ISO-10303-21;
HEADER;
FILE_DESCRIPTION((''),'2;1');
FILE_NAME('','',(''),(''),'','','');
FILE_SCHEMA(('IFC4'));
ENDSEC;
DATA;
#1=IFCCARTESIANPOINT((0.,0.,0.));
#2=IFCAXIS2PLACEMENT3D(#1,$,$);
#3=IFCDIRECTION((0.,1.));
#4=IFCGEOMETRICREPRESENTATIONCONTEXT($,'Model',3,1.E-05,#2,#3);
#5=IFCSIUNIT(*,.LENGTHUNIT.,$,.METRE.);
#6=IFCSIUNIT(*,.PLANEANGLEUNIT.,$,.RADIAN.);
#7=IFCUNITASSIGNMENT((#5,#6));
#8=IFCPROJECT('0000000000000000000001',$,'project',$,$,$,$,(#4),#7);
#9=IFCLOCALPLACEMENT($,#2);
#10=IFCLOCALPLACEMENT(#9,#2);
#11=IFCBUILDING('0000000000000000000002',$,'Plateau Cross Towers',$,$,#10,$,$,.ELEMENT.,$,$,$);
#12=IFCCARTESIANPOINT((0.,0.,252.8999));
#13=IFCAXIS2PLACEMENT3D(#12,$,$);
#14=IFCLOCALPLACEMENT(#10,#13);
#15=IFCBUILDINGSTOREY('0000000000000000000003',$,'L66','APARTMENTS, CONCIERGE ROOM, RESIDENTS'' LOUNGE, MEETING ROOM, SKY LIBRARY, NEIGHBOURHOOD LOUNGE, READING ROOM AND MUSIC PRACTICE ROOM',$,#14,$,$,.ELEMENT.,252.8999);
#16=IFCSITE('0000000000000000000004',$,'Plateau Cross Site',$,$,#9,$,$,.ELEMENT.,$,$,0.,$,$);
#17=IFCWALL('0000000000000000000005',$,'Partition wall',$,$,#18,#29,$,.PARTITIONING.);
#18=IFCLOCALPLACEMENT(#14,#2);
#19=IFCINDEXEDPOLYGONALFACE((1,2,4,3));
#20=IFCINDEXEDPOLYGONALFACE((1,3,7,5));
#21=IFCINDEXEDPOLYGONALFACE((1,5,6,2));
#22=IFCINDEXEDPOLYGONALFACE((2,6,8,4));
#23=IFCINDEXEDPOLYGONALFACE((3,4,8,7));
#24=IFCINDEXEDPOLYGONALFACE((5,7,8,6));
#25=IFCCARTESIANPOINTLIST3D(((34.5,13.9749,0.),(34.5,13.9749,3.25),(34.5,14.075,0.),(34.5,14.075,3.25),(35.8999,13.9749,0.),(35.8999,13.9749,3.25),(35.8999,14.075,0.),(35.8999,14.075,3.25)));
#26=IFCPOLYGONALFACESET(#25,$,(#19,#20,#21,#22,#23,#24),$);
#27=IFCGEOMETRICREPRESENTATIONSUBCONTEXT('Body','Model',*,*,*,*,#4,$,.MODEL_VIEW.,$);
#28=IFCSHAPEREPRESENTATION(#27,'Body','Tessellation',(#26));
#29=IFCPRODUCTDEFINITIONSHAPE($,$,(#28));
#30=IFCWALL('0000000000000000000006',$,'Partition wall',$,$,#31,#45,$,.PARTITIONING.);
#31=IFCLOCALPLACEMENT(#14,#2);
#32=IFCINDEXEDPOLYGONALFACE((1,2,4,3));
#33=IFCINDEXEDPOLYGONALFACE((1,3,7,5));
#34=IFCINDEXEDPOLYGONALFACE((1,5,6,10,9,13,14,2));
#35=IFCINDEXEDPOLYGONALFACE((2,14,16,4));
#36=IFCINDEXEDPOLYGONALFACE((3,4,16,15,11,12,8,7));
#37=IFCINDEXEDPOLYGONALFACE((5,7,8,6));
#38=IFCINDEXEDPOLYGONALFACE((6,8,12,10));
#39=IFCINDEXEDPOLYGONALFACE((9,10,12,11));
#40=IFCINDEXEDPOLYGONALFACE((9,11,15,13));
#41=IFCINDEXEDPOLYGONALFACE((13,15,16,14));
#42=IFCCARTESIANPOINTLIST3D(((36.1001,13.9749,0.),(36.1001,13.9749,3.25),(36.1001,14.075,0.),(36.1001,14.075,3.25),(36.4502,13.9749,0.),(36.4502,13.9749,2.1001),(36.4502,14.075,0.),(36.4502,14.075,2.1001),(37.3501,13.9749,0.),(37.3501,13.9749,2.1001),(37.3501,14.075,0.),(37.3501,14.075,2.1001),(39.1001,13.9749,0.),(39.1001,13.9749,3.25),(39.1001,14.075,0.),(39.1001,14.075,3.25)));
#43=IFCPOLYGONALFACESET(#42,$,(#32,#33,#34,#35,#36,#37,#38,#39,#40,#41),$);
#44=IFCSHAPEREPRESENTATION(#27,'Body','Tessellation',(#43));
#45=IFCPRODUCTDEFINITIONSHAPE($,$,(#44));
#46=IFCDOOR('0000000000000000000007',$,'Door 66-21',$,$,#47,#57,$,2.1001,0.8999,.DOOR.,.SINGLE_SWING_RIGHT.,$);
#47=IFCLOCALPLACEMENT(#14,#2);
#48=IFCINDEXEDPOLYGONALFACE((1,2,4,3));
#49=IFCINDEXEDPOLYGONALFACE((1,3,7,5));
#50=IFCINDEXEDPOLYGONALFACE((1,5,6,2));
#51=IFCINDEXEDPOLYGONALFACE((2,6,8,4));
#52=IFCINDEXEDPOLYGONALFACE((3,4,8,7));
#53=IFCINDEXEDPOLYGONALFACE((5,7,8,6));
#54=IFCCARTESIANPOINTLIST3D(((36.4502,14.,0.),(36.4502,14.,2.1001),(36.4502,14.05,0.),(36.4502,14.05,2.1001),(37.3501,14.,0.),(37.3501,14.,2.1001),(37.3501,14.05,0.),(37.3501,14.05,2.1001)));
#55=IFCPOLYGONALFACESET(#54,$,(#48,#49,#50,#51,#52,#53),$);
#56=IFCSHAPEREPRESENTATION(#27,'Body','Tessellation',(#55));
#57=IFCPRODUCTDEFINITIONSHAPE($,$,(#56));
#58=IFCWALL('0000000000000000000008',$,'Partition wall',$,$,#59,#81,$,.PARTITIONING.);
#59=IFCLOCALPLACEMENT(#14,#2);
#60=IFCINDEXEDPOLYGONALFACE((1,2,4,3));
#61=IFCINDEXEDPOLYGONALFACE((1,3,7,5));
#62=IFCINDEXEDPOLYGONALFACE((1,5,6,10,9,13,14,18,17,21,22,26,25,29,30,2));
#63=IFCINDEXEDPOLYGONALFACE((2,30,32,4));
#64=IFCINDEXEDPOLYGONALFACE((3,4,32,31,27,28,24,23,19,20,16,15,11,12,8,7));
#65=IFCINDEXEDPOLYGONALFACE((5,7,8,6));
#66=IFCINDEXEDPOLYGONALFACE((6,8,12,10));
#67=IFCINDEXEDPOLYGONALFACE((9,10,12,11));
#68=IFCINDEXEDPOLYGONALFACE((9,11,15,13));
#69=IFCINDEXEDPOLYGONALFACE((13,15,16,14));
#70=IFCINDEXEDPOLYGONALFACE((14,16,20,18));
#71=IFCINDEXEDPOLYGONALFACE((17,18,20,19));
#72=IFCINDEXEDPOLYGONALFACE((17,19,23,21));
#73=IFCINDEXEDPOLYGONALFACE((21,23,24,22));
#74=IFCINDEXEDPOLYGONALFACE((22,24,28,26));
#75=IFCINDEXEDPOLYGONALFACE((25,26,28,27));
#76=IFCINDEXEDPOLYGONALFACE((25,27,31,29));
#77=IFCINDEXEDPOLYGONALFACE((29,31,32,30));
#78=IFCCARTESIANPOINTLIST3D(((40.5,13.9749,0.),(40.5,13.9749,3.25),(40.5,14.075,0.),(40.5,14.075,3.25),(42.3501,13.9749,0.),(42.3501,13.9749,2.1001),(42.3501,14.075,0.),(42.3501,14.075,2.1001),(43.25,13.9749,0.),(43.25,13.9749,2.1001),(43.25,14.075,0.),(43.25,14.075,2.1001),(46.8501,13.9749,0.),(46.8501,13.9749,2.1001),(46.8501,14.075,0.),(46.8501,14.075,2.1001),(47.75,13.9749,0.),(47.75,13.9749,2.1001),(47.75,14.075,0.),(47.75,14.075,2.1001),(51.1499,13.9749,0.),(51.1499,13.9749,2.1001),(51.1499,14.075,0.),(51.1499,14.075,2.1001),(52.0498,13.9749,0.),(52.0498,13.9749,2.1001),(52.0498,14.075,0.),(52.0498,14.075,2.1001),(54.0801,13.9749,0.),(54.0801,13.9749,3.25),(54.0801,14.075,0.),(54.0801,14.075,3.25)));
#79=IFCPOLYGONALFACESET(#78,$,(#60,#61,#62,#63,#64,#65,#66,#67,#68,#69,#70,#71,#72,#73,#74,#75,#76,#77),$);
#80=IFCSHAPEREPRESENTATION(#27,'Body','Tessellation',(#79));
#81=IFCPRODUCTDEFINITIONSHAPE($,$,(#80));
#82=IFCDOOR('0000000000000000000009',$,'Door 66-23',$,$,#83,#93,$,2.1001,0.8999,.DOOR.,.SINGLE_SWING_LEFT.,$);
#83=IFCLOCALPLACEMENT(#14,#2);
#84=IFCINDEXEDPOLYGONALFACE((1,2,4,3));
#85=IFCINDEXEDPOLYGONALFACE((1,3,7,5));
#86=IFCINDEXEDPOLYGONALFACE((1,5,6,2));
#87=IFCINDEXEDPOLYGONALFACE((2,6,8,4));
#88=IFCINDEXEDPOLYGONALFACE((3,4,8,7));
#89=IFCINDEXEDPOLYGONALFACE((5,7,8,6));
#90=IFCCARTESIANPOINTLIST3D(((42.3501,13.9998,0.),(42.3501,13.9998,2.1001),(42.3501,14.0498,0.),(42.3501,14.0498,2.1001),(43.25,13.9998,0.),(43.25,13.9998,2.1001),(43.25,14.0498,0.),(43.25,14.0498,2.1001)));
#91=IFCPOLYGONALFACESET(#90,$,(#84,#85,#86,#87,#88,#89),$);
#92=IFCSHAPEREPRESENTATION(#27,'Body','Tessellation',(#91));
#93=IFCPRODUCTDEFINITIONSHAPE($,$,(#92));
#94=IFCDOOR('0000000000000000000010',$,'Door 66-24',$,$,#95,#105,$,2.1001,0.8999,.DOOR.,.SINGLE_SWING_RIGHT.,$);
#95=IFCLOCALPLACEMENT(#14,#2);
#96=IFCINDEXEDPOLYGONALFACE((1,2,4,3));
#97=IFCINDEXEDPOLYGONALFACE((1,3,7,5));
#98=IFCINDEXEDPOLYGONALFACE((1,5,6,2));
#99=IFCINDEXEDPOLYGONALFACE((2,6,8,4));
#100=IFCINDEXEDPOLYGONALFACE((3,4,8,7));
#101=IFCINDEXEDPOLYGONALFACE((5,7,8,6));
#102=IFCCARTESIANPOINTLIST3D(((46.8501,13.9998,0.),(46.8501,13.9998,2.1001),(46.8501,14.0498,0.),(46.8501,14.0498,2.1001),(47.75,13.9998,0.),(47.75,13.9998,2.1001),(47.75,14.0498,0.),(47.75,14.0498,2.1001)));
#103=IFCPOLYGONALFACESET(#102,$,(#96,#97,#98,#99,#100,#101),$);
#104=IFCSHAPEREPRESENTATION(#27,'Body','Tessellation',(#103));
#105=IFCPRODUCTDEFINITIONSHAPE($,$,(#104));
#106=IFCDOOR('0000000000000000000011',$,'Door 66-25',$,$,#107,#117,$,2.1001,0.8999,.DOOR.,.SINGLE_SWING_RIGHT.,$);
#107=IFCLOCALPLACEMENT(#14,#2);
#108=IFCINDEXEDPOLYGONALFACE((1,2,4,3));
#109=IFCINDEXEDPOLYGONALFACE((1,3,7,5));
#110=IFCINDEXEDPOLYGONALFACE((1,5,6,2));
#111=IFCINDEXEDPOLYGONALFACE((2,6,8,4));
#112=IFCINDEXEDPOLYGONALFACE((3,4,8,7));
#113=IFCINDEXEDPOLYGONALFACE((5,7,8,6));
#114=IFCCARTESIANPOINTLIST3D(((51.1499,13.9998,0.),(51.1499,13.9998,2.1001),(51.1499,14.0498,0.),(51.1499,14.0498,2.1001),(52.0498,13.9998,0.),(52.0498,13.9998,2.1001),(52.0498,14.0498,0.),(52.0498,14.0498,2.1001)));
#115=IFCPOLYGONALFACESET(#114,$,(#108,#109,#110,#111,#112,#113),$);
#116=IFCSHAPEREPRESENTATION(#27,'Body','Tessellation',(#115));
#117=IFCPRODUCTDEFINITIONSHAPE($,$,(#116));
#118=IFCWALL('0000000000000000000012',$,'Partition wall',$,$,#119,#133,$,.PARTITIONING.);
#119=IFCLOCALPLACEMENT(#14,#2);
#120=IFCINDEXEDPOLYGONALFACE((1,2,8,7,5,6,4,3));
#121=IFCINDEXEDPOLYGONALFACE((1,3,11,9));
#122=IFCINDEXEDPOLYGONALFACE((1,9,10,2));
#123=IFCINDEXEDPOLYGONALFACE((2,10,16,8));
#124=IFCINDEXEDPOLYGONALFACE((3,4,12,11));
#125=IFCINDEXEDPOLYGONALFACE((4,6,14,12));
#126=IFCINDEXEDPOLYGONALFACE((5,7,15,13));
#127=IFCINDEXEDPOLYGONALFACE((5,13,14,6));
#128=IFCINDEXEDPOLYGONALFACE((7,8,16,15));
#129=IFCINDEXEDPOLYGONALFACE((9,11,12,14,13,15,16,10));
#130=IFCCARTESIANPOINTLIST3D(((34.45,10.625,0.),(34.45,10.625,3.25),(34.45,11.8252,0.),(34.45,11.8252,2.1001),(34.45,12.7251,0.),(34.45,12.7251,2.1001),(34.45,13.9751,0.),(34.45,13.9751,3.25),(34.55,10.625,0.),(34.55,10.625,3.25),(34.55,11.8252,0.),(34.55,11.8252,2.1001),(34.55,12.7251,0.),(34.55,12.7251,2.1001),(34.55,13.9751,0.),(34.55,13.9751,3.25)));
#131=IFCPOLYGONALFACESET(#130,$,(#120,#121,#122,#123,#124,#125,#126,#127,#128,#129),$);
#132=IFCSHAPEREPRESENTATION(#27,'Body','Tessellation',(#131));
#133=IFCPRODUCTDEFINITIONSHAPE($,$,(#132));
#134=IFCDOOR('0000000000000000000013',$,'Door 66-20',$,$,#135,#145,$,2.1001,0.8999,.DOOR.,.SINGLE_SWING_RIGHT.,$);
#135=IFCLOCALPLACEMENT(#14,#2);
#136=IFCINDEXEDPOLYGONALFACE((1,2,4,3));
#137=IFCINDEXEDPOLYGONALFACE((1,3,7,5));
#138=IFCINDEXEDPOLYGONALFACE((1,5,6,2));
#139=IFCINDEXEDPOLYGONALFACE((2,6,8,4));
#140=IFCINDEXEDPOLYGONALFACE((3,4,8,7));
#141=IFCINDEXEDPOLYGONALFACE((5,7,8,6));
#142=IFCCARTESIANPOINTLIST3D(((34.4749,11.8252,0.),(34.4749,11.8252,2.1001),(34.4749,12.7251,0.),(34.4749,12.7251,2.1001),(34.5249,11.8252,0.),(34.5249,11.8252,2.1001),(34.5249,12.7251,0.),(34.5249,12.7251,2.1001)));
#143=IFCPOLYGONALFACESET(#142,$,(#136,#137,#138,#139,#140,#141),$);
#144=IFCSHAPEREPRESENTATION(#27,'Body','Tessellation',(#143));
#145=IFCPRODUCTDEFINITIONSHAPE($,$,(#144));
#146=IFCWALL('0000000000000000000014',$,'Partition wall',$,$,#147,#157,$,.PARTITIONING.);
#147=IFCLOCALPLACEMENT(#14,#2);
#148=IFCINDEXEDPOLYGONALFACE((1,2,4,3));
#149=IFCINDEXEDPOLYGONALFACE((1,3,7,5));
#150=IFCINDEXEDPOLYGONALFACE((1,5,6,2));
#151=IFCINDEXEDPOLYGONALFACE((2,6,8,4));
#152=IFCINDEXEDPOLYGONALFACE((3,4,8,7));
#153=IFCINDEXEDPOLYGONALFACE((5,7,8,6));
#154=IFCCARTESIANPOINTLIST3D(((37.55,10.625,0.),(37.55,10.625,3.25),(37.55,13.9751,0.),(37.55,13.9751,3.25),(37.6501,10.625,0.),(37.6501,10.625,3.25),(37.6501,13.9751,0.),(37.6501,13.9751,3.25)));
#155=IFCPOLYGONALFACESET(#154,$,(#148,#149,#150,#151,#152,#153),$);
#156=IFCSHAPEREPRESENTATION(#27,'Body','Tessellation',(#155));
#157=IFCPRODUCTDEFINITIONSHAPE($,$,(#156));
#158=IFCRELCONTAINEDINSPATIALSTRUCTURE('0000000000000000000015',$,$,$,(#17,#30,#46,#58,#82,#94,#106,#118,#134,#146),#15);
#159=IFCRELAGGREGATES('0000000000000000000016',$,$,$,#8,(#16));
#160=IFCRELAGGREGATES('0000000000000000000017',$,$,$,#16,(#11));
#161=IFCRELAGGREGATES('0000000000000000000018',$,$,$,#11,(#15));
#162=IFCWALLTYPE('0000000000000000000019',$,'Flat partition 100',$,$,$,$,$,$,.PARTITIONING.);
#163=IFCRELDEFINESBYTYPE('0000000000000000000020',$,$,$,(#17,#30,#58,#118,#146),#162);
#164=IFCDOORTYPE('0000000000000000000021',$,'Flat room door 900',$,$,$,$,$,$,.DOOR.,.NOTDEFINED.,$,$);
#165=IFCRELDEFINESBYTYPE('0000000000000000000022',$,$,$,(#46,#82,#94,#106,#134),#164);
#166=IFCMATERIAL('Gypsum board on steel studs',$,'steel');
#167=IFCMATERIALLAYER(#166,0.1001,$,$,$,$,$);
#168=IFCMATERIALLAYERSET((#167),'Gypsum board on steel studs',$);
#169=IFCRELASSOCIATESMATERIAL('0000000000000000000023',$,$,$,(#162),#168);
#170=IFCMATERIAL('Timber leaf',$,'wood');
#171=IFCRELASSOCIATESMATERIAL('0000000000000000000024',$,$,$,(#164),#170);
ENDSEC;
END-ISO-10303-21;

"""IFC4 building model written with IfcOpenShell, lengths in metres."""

from ifc_helpers import new_model, si_unit, direction, frame, frame_2d, origin, place, context, subcontext, project, spatial, rectangle, extrude, material, layer, layer_set, type_object, element, fill, save


model = new_model("IFC4")

# Units and contexts
model_context = context("Model", 3, precision=1e-05, world=origin(), true_north=direction((0.0, 1.0)))
body_context = subcontext(model_context, "Body", "Model", "MODEL_VIEW")
ifc_project = project(units=[si_unit("LENGTHUNIT", "METRE"), si_unit("PLANEANGLEUNIT", "RADIAN")], contexts=[model_context])

# Site, building, storey
site_placement = place(None, origin())
site = spatial("IfcSite", under=ifc_project, at=site_placement, Name="Plateau Cross Site", CompositionType="ELEMENT", RefElevation=0.0)
building_placement = place(site_placement, origin())
building = spatial("IfcBuilding", under=site, at=building_placement, Name="Plateau Cross Towers", CompositionType="ELEMENT")
storey_placement = place(building_placement, frame((0.0, 0.0, 252.8999)))
storey = spatial("IfcBuildingStorey", under=building, at=storey_placement, Name="L66", Description="APARTMENTS, CONCIERGE ROOM, RESIDENTS' LOUNGE, MEETING ROOM, SKY LIBRARY, NEIGHBOURHOOD LOUNGE, READING ROOM AND MUSIC PRACTICE ROOM", CompositionType="ELEMENT", Elevation=252.8999)

# Wall
ifc_material_1 = material(Name="Gypsum board on steel studs", Category="steel")
ifc_layer_1 = layer(ifc_material_1, 0.1001)
ifc_layer_set_1 = layer_set([ifc_layer_1], Name="Gypsum board on steel studs")
wall_type_1 = type_object("IfcWallType", Name="Flat partition 100", PredefinedType="PARTITIONING", material=ifc_layer_set_1)
wall_1_placement = place(storey_placement, frame((35.8999, 14.0249, 0.0), z_axis=(0.0, 0.0, 1.0), x_axis=(-1.0, 0.0, 0.0)))
element("IfcWall", 1, at=wall_1_placement, inside=storey, type_object=wall_type_1, Name="Partition wall", PredefinedType="PARTITIONING", context=body_context, shape_type="SweptSolid", body=[
    extrude(rectangle(XDim=1.3999, YDim=0.1001, at=frame_2d((0.7, 0.0))), origin(), (0.0, 0.0, 1.0), 3.25),
])

# Wall, opening, door
wall_2_placement = place(storey_placement, frame((39.1001, 14.0249, 0.0), z_axis=(0.0, 0.0, 1.0), x_axis=(-1.0, 0.0, 0.0)))
wall_2 = element("IfcWall", 2, at=wall_2_placement, inside=storey, type_object=wall_type_1, Name="Partition wall", PredefinedType="PARTITIONING", context=body_context, shape_type="SweptSolid", body=[
    extrude(rectangle(XDim=3.0, YDim=0.1001, at=frame_2d((1.5, 0.0))), origin(), (0.0, 0.0, 1.0), 3.25),
])
opening_1_placement = place(wall_2_placement, frame((1.75, 0.0, 0.0)))
opening_1 = element("IfcOpeningElement", 3, at=opening_1_placement, cuts=wall_2, PredefinedType="OPENING", context=body_context, shape_type="SweptSolid", body=[
    extrude(rectangle(XDim=0.8999, YDim=2.1001, at=frame_2d((0.45, 1.05))), frame((0.0, 0.0601, 0.0), z_axis=(0.0, -1.0, 0.0), x_axis=(1.0, 0.0, 0.0)), (0.0, 0.0, 1.0), 0.1201),
])
ifc_material_2 = material(Name="Timber leaf", Category="wood")
door_type = type_object("IfcDoorType", Name="Flat room door 900", OperationType="NOTDEFINED", PredefinedType="DOOR", material=ifc_material_2)
door_1_placement = place(opening_1_placement, origin())
door_1 = element("IfcDoor", 4, at=door_1_placement, inside=storey, type_object=door_type, Name="Door 66-21", OperationType="SINGLE_SWING_RIGHT", OverallHeight=2.1001, OverallWidth=0.8999, PredefinedType="DOOR", context=body_context, shape_type="SweptSolid", body=[
    extrude(rectangle(XDim=0.8999, YDim=2.1001, at=frame_2d((0.45, 1.05))), frame((0.0, 0.0249, 0.0), z_axis=(0.0, -1.0, 0.0), x_axis=(1.0, 0.0, 0.0)), (0.0, 0.0, 1.0), 0.05),
])
fill(opening_1, door_1)

# Wall, openings, doors
wall_3_placement = place(storey_placement, frame((40.5, 14.0249, 0.0), z_axis=(0.0, 0.0, 1.0), x_axis=(1.0, 0.0, 0.0)))
wall_3 = element("IfcWall", 5, at=wall_3_placement, inside=storey, type_object=wall_type_1, Name="Partition wall", PredefinedType="PARTITIONING", context=body_context, shape_type="SweptSolid", body=[
    extrude(rectangle(XDim=13.5801, YDim=0.1001, at=frame_2d((6.79, 0.0))), origin(), (0.0, 0.0, 1.0), 3.25),
])
opening_2_placement = place(wall_3_placement, frame((1.8501, 0.0, 0.0)))
opening_2 = element("IfcOpeningElement", 6, at=opening_2_placement, cuts=wall_3, PredefinedType="OPENING", context=body_context, shape_type="SweptSolid", body=[
    extrude(rectangle(XDim=0.8999, YDim=2.1001, at=frame_2d((0.45, 1.05))), frame((0.0, 0.0601, 0.0), z_axis=(0.0, -1.0, 0.0), x_axis=(1.0, 0.0, 0.0)), (0.0, 0.0, 1.0), 0.1201),
])
opening_3_placement = place(wall_3_placement, frame((6.3501, 0.0, 0.0)))
opening_3 = element("IfcOpeningElement", 7, at=opening_3_placement, cuts=wall_3, PredefinedType="OPENING", context=body_context, shape_type="SweptSolid", body=[
    extrude(rectangle(XDim=0.8999, YDim=2.1001, at=frame_2d((0.45, 1.05))), frame((0.0, 0.0601, 0.0), z_axis=(0.0, -1.0, 0.0), x_axis=(1.0, 0.0, 0.0)), (0.0, 0.0, 1.0), 0.1201),
])
opening_4_placement = place(wall_3_placement, frame((10.6499, 0.0, 0.0)))
opening_4 = element("IfcOpeningElement", 8, at=opening_4_placement, cuts=wall_3, PredefinedType="OPENING", context=body_context, shape_type="SweptSolid", body=[
    extrude(rectangle(XDim=0.8999, YDim=2.1001, at=frame_2d((0.45, 1.05))), frame((0.0, 0.0601, 0.0), z_axis=(0.0, -1.0, 0.0), x_axis=(1.0, 0.0, 0.0)), (0.0, 0.0, 1.0), 0.1201),
])
door_2_placement = place(opening_2_placement, origin())
door_2 = element("IfcDoor", 9, at=door_2_placement, inside=storey, type_object=door_type, Name="Door 66-23", OperationType="SINGLE_SWING_LEFT", OverallHeight=2.1001, OverallWidth=0.8999, PredefinedType="DOOR", context=body_context, shape_type="SweptSolid", body=[
    extrude(rectangle(XDim=0.8999, YDim=2.1001, at=frame_2d((0.45, 1.05))), frame((0.0, 0.0249, 0.0), z_axis=(0.0, -1.0, 0.0), x_axis=(1.0, 0.0, 0.0)), (0.0, 0.0, 1.0), 0.05),
])
fill(opening_2, door_2)
door_3_placement = place(opening_3_placement, origin())
door_3 = element("IfcDoor", 10, at=door_3_placement, inside=storey, type_object=door_type, Name="Door 66-24", OperationType="SINGLE_SWING_RIGHT", OverallHeight=2.1001, OverallWidth=0.8999, PredefinedType="DOOR", context=body_context, shape_type="SweptSolid", body=[
    extrude(rectangle(XDim=0.8999, YDim=2.1001, at=frame_2d((0.45, 1.05))), frame((0.0, 0.0249, 0.0), z_axis=(0.0, -1.0, 0.0), x_axis=(1.0, 0.0, 0.0)), (0.0, 0.0, 1.0), 0.05),
])
fill(opening_3, door_3)
door_4_placement = place(opening_4_placement, origin())
door_4 = element("IfcDoor", 11, at=door_4_placement, inside=storey, type_object=door_type, Name="Door 66-25", OperationType="SINGLE_SWING_RIGHT", OverallHeight=2.1001, OverallWidth=0.8999, PredefinedType="DOOR", context=body_context, shape_type="SweptSolid", body=[
    extrude(rectangle(XDim=0.8999, YDim=2.1001, at=frame_2d((0.45, 1.05))), frame((0.0, 0.0249, 0.0), z_axis=(0.0, -1.0, 0.0), x_axis=(1.0, 0.0, 0.0)), (0.0, 0.0, 1.0), 0.05),
])
fill(opening_4, door_4)

# Wall, opening, door
wall_4_placement = place(storey_placement, frame((34.5, 13.9751, 0.0), z_axis=(0.0, 0.0, 1.0), x_axis=(0.0, -1.0, 0.0)))
wall_4 = element("IfcWall", 12, at=wall_4_placement, inside=storey, type_object=wall_type_1, Name="Partition wall", PredefinedType="PARTITIONING", context=body_context, shape_type="SweptSolid", body=[
    extrude(rectangle(XDim=3.3501, YDim=0.1001, at=frame_2d((1.675, 0.0))), origin(), (0.0, 0.0, 1.0), 3.25),
])
opening_5_placement = place(wall_4_placement, frame((1.25, 0.0, 0.0)))
opening_5 = element("IfcOpeningElement", 13, at=opening_5_placement, cuts=wall_4, PredefinedType="OPENING", context=body_context, shape_type="SweptSolid", body=[
    extrude(rectangle(XDim=0.8999, YDim=2.1001, at=frame_2d((0.45, 1.05))), frame((0.0, 0.0601, 0.0), z_axis=(0.0, -1.0, 0.0), x_axis=(1.0, 0.0, 0.0)), (0.0, 0.0, 1.0), 0.1201),
])
door_5_placement = place(opening_5_placement, origin())
door_5 = element("IfcDoor", 14, at=door_5_placement, inside=storey, type_object=door_type, Name="Door 66-20", OperationType="SINGLE_SWING_RIGHT", OverallHeight=2.1001, OverallWidth=0.8999, PredefinedType="DOOR", context=body_context, shape_type="SweptSolid", body=[
    extrude(rectangle(XDim=0.8999, YDim=2.1001, at=frame_2d((0.45, 1.05))), frame((0.0, 0.0249, 0.0), z_axis=(0.0, -1.0, 0.0), x_axis=(1.0, 0.0, 0.0)), (0.0, 0.0, 1.0), 0.05),
])
fill(opening_5, door_5)

# Wall
wall_5_placement = place(storey_placement, frame((37.6001, 10.625, 0.0), z_axis=(0.0, 0.0, 1.0), x_axis=(0.0, 1.0, 0.0)))
element("IfcWall", 15, at=wall_5_placement, inside=storey, type_object=wall_type_1, Name="Partition wall", PredefinedType="PARTITIONING", context=body_context, shape_type="SweptSolid", body=[
    extrude(rectangle(XDim=3.3501, YDim=0.1001, at=frame_2d((1.675, 0.0))), origin(), (0.0, 0.0, 1.0), 3.25),
])

save(model, "model.ifc")
